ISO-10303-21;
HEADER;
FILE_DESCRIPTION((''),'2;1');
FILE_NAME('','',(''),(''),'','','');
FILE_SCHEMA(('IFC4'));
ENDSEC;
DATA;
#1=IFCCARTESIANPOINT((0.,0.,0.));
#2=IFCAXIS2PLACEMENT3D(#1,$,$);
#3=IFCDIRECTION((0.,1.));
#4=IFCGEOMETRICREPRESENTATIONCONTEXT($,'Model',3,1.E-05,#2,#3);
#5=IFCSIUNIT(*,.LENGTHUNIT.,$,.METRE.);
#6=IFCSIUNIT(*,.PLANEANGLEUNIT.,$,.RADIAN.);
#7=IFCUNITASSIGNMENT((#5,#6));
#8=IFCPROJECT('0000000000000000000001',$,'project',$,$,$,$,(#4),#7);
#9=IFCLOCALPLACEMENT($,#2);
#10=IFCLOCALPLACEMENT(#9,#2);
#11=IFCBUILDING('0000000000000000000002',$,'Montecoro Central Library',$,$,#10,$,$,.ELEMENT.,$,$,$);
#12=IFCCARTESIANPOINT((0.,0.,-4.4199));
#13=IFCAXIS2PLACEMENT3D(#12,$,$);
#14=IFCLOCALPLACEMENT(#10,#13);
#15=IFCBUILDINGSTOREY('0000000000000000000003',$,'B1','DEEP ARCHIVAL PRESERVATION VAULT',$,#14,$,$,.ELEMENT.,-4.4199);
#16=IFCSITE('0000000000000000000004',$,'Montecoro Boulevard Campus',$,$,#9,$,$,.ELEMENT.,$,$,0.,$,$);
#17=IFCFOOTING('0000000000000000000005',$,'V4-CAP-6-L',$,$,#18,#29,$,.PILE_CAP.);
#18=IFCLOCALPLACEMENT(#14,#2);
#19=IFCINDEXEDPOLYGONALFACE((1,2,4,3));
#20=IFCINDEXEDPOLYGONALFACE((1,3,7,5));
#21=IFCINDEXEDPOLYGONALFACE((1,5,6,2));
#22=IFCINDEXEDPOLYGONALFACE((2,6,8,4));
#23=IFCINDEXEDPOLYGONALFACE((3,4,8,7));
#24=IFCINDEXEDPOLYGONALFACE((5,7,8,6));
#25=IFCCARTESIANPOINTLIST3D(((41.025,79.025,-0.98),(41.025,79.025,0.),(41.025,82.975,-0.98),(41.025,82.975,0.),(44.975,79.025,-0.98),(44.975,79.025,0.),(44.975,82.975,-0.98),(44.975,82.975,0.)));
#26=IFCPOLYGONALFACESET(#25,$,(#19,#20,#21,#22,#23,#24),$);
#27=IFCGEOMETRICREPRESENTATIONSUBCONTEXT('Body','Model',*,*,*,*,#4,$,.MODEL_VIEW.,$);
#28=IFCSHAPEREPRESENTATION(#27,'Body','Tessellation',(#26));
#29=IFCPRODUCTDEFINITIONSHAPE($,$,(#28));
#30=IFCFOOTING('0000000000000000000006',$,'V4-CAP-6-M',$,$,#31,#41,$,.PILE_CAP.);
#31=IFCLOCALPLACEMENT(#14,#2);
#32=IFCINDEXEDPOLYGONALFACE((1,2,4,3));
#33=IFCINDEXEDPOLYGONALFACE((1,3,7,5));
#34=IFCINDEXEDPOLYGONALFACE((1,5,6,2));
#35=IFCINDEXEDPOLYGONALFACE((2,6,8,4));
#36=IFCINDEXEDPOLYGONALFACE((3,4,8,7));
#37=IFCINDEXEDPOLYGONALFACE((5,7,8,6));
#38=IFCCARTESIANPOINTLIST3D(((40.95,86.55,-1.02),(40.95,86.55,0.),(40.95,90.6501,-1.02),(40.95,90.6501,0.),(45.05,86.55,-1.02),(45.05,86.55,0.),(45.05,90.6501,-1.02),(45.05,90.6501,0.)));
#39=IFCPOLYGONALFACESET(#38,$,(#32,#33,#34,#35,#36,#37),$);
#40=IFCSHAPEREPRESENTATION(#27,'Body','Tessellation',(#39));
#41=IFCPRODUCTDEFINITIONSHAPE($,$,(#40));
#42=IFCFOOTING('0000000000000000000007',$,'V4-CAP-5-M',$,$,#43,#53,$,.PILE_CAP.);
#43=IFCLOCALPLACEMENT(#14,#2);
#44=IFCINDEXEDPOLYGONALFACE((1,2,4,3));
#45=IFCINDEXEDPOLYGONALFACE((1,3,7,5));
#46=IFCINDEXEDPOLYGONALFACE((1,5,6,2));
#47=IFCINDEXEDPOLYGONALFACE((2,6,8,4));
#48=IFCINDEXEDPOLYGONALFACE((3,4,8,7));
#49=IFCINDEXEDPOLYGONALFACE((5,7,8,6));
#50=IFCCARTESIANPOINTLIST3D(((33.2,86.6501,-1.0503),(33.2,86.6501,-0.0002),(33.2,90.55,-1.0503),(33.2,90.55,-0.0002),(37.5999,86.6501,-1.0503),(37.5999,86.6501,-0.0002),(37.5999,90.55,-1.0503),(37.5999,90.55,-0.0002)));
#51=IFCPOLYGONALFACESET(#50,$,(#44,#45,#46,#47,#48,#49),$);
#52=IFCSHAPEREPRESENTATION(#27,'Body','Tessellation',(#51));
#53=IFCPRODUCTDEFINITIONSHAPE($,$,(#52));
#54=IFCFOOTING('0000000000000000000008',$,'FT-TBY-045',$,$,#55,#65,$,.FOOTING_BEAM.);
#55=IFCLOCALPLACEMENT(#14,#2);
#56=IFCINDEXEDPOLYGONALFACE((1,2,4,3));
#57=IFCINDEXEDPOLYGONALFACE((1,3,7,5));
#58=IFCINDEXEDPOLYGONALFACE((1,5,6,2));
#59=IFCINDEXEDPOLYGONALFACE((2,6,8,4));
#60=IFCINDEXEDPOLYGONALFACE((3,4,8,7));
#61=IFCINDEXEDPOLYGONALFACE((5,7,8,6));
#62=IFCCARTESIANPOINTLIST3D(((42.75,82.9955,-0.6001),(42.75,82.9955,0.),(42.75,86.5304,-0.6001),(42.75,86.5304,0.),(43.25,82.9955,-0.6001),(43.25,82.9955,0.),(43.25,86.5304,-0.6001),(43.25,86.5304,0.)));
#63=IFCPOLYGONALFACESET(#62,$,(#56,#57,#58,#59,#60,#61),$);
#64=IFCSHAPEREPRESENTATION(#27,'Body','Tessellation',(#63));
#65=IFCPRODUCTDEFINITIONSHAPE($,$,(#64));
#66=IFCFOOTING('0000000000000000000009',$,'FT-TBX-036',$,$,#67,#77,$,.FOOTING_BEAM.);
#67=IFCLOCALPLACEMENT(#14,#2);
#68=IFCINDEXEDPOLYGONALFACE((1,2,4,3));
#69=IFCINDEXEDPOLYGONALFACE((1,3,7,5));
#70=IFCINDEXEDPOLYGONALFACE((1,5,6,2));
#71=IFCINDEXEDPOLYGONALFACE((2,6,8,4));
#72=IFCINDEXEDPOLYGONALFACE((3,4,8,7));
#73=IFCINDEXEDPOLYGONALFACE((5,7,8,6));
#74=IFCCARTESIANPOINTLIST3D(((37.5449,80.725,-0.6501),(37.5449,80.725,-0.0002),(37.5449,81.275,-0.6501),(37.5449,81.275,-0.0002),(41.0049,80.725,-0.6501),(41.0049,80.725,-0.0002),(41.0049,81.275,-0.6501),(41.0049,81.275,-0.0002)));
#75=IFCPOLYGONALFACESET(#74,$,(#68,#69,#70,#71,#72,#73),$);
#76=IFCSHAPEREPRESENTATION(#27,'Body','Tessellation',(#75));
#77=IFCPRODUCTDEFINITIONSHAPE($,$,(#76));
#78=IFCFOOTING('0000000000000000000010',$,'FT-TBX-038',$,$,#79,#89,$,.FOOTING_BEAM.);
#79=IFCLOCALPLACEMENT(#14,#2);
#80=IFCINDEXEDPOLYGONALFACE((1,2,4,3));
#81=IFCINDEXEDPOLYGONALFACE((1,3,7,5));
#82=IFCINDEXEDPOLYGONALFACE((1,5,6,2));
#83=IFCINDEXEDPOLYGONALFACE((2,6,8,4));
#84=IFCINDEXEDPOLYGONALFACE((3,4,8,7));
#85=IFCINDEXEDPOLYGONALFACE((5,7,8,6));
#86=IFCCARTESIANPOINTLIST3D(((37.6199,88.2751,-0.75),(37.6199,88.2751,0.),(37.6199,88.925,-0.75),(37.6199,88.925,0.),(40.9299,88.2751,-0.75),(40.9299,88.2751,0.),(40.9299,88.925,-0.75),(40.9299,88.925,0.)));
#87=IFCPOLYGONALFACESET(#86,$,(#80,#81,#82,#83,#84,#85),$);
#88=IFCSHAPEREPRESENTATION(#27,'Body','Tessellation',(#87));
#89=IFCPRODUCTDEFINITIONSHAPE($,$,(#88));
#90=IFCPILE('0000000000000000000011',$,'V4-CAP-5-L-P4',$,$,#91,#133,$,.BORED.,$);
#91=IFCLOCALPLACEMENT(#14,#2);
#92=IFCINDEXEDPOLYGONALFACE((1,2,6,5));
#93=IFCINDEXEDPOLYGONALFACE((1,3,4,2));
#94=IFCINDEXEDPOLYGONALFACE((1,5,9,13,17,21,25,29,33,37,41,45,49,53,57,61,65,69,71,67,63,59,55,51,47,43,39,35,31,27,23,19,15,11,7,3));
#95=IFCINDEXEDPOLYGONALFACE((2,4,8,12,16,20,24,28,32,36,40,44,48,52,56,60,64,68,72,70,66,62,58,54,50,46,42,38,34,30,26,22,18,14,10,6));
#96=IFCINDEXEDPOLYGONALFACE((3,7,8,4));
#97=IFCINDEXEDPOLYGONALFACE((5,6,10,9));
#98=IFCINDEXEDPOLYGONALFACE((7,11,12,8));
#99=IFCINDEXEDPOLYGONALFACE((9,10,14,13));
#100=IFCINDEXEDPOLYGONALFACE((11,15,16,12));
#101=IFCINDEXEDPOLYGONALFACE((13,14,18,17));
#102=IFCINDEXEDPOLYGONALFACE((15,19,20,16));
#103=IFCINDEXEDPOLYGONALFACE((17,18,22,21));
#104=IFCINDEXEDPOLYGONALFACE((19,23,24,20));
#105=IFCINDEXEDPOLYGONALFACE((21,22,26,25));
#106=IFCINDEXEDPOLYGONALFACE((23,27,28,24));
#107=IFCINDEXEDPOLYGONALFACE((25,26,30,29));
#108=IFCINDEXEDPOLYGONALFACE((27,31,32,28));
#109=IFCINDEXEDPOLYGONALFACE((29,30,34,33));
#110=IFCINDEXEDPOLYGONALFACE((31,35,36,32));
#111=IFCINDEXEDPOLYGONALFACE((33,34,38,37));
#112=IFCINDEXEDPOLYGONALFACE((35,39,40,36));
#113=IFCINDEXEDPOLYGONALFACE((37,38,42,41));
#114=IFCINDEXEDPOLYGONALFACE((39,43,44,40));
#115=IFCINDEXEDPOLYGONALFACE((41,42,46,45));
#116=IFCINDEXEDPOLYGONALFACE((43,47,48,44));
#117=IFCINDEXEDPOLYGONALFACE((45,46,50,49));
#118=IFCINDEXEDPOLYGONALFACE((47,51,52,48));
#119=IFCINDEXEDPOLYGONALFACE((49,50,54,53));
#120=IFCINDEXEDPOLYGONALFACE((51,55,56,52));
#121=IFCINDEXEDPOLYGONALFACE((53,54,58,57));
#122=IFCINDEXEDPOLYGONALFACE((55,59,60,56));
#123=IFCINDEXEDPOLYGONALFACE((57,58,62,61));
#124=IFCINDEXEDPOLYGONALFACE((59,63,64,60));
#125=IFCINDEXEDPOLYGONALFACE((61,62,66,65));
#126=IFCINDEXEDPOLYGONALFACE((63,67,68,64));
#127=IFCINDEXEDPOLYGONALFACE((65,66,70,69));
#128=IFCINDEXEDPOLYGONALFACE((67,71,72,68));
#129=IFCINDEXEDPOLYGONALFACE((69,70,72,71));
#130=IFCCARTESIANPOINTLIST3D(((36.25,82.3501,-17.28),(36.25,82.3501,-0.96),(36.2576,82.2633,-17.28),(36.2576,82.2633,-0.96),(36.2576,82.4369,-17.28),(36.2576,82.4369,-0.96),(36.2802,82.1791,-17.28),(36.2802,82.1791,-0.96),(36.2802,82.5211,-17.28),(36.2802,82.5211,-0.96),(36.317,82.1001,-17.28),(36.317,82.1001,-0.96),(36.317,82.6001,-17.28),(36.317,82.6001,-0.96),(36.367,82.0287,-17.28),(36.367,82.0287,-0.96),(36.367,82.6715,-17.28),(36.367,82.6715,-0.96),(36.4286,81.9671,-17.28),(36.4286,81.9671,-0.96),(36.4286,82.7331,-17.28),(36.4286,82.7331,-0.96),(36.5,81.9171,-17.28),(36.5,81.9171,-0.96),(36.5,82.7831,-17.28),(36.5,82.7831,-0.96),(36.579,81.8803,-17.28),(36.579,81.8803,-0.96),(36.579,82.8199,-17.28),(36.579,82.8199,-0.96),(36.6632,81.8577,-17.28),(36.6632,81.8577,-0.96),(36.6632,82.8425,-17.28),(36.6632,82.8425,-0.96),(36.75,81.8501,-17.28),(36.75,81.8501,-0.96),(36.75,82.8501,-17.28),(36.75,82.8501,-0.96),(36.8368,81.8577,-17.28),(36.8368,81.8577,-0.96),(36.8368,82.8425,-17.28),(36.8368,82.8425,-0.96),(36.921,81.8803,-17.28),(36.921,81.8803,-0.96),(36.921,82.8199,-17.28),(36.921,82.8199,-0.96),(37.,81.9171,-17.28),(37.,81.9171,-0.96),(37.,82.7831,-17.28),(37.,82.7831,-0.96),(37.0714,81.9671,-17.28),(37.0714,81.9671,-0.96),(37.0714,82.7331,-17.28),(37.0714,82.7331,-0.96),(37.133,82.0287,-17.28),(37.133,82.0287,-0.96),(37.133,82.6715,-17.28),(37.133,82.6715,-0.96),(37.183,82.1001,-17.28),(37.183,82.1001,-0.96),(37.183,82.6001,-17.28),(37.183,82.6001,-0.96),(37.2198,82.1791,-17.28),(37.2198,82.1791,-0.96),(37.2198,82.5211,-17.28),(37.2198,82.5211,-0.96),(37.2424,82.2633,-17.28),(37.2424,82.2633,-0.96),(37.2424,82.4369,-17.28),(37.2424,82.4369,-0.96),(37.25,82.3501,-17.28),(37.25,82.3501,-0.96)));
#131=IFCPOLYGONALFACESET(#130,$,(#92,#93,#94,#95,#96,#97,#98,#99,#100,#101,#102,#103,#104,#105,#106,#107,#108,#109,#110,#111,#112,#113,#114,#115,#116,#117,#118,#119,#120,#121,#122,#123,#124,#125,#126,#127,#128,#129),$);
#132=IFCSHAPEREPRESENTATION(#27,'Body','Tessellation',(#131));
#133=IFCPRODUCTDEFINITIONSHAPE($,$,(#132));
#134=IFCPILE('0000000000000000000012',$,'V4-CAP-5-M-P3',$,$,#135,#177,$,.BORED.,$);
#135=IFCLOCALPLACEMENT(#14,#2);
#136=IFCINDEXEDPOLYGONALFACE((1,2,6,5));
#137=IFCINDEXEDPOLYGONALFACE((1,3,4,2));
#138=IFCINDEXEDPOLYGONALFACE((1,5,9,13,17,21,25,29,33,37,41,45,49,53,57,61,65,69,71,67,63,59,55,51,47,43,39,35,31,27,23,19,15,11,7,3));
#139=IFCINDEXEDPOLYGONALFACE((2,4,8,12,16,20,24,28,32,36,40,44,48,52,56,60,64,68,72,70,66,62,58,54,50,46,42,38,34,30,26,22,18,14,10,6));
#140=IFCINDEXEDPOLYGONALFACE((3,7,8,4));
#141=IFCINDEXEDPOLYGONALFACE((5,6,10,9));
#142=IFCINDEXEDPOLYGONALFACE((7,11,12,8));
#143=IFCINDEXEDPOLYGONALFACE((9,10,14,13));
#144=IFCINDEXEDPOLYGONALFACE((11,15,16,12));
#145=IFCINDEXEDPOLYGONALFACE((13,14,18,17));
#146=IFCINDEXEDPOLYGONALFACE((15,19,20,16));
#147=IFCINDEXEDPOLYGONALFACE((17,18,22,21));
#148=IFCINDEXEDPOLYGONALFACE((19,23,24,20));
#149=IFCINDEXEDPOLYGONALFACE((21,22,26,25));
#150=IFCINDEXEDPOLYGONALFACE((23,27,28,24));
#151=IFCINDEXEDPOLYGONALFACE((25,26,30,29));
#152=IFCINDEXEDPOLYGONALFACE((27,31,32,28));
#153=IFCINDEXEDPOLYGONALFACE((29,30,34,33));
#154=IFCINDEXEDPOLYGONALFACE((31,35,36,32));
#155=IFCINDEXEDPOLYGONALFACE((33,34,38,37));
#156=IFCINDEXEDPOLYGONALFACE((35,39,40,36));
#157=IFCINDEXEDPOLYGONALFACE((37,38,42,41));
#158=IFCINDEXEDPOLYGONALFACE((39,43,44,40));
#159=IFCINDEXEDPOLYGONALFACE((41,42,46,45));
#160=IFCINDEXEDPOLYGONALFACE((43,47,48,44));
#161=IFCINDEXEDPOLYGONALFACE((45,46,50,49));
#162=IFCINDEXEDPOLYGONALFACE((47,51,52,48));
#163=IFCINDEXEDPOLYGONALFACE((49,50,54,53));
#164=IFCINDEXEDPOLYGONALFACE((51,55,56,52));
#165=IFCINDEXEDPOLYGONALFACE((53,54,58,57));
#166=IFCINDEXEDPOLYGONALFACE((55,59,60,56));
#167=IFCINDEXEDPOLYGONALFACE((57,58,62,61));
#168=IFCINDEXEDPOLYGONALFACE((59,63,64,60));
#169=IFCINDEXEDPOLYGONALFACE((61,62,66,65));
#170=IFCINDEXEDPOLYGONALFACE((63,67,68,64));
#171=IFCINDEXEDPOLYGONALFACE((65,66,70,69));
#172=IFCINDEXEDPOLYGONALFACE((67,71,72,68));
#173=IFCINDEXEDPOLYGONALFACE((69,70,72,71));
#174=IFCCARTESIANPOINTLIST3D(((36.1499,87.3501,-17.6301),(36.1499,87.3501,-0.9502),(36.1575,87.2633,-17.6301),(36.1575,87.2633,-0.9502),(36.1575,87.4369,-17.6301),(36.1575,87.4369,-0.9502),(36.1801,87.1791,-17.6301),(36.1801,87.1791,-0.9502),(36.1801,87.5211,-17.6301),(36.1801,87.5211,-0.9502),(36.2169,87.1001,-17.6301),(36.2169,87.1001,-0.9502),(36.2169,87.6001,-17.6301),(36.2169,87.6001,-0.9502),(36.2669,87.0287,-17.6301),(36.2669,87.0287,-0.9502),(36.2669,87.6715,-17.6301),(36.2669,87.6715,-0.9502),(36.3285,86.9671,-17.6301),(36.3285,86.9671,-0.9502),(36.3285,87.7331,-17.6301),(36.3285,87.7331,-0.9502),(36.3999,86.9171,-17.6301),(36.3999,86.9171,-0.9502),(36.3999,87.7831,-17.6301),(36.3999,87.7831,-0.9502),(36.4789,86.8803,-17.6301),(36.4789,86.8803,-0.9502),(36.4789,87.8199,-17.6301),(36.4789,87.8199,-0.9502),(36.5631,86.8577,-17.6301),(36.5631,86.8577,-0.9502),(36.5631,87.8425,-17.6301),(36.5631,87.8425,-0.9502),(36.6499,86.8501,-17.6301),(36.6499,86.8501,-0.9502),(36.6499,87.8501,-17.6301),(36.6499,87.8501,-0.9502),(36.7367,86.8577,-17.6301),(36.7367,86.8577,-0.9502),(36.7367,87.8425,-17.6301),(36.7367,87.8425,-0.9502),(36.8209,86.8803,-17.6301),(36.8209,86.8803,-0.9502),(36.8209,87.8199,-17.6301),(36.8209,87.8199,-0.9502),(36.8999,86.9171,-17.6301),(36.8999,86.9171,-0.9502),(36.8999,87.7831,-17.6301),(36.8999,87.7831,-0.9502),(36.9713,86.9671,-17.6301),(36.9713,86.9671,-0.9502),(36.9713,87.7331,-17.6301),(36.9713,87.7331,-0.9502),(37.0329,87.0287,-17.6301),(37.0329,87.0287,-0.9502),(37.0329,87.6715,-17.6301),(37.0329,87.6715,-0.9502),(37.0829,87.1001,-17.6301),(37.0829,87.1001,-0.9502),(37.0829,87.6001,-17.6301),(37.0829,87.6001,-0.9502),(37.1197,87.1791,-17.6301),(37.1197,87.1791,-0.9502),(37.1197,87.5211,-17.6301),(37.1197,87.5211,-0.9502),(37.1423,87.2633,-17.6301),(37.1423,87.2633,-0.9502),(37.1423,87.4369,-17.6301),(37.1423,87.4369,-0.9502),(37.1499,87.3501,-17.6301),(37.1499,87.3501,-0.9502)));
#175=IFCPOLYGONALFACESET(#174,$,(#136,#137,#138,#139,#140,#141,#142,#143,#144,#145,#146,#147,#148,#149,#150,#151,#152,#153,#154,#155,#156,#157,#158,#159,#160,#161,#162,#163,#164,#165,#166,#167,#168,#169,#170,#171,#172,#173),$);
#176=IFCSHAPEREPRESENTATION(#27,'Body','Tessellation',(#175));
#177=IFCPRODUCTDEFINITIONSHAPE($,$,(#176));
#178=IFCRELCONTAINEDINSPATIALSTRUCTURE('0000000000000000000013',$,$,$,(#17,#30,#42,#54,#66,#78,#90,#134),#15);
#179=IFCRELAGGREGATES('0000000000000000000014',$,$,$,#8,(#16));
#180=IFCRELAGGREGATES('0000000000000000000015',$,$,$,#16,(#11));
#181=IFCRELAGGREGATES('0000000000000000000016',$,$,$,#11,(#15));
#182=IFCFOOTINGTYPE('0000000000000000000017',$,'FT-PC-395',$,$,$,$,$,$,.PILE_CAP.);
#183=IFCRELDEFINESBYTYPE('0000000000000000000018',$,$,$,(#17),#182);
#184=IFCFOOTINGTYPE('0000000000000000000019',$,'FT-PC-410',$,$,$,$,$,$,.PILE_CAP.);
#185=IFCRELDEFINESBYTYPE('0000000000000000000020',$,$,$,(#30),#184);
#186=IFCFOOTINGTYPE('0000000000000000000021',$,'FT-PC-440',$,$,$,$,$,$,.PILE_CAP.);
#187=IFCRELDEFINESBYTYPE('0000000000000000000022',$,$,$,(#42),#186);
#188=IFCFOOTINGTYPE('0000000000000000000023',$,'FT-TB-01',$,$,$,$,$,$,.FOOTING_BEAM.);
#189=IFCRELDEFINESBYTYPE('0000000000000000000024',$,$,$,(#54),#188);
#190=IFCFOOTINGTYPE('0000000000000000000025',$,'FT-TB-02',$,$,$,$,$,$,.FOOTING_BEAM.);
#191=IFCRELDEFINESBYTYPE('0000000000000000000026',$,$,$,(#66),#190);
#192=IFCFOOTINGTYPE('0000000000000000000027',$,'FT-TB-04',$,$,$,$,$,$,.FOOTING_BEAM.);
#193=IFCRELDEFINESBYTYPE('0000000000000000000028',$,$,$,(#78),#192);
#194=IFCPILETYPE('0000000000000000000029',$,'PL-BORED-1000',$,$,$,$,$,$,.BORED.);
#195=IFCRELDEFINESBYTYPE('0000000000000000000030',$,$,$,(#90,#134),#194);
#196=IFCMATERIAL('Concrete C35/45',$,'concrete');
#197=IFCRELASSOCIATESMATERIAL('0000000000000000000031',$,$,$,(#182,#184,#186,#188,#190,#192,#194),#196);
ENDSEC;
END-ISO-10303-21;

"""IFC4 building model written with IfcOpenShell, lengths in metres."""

from ifc_helpers import new_model, si_unit, direction, frame, origin, origin_2d, place, context, subcontext, project, spatial, rectangle, circle, extrude, material, material_profile, profile_set, type_object, element, save


model = new_model("IFC4")

# Units and contexts
model_context = context("Model", 3, precision=1e-05, world=origin(), true_north=direction((0.0, 1.0)))
body_context = subcontext(model_context, "Body", "Model", "MODEL_VIEW")
ifc_project = project(units=[si_unit("LENGTHUNIT", "METRE"), si_unit("PLANEANGLEUNIT", "RADIAN")], contexts=[model_context])

# Site, building, storey
site_placement = place(None, origin())
site = spatial("IfcSite", under=ifc_project, at=site_placement, Name="Montecoro Boulevard Campus", CompositionType="ELEMENT", RefElevation=0.0)
building_placement = place(site_placement, origin())
building = spatial("IfcBuilding", under=site, at=building_placement, Name="Montecoro Central Library", CompositionType="ELEMENT")
storey_placement = place(building_placement, frame((0.0, 0.0, -4.4199)))
storey = spatial("IfcBuildingStorey", under=building, at=storey_placement, Name="B1", Description="DEEP ARCHIVAL PRESERVATION VAULT", CompositionType="ELEMENT", Elevation=-4.4199)

# Footings
ifc_material_1 = material(Name="Concrete C35/45", Category="concrete")
footing_type_1 = type_object("IfcFootingType", Name="FT-PC-395", PredefinedType="PILE_CAP", material=ifc_material_1)
footing_1_placement = place(storey_placement, frame((43.0, 81.0, -0.98), z_axis=(0.0, 0.0, 1.0), x_axis=(1.0, 0.0, 0.0)))
element("IfcFooting", 1, at=footing_1_placement, inside=storey, type_object=footing_type_1, Name="V4-CAP-6-L", PredefinedType="PILE_CAP", context=body_context, shape_type="SweptSolid", body=[
    extrude(rectangle(XDim=3.95, YDim=3.95, at=origin_2d()), origin(), (0.0, 0.0, 1.0), 0.98),
])
footing_type_2 = type_object("IfcFootingType", Name="FT-PC-410", PredefinedType="PILE_CAP", material=ifc_material_1)
footing_2_placement = place(storey_placement, frame((43.0, 88.6001, -1.02), z_axis=(0.0, 0.0, 1.0), x_axis=(1.0, 0.0, 0.0)))
element("IfcFooting", 2, at=footing_2_placement, inside=storey, type_object=footing_type_2, Name="V4-CAP-6-M", PredefinedType="PILE_CAP", context=body_context, shape_type="SweptSolid", body=[
    extrude(rectangle(XDim=4.1001, YDim=4.1001, at=origin_2d()), origin(), (0.0, 0.0, 1.0), 1.02),
])
footing_type_3 = type_object("IfcFootingType", Name="FT-PC-440", PredefinedType="PILE_CAP", material=ifc_material_1)
footing_3_placement = place(storey_placement, frame((35.3999, 88.6001, -1.0503), z_axis=(0.0, 0.0, 1.0), x_axis=(1.0, 0.0, 0.0)))
element("IfcFooting", 3, at=footing_3_placement, inside=storey, type_object=footing_type_3, Name="V4-CAP-5-M", PredefinedType="PILE_CAP", context=body_context, shape_type="SweptSolid", body=[
    extrude(rectangle(XDim=4.3999, YDim=3.8999, at=origin_2d()), origin(), (0.0, 0.0, 1.0), 1.05),
])
footing_type_4 = type_object("IfcFootingType", Name="FT-TB-01", PredefinedType="FOOTING_BEAM", material=ifc_material_1)
footing_4_placement = place(storey_placement, frame((43.0, 84.7629, -0.6001), z_axis=(0.0, 0.0, 1.0), x_axis=(1.0, 0.0, 0.0)))
element("IfcFooting", 4, at=footing_4_placement, inside=storey, type_object=footing_type_4, Name="FT-TBY-045", PredefinedType="FOOTING_BEAM", context=body_context, shape_type="SweptSolid", body=[
    extrude(rectangle(XDim=0.5, YDim=3.5349, at=origin_2d()), origin(), (0.0, 0.0, 1.0), 0.6001),
])
footing_type_5 = type_object("IfcFootingType", Name="FT-TB-02", PredefinedType="FOOTING_BEAM", material=ifc_material_1)
footing_5_placement = place(storey_placement, frame((39.2749, 81.0, -0.6501), z_axis=(0.0, 0.0, 1.0), x_axis=(1.0, 0.0, 0.0)))
element("IfcFooting", 5, at=footing_5_placement, inside=storey, type_object=footing_type_5, Name="FT-TBX-036", PredefinedType="FOOTING_BEAM", context=body_context, shape_type="SweptSolid", body=[
    extrude(rectangle(XDim=3.46, YDim=0.55, at=origin_2d()), origin(), (0.0, 0.0, 1.0), 0.6499),
])
footing_type_6 = type_object("IfcFootingType", Name="FT-TB-04", PredefinedType="FOOTING_BEAM", material=ifc_material_1)
footing_6_placement = place(storey_placement, frame((39.2749, 88.6001, -0.75), z_axis=(0.0, 0.0, 1.0), x_axis=(1.0, 0.0, 0.0)))
element("IfcFooting", 6, at=footing_6_placement, inside=storey, type_object=footing_type_6, Name="FT-TBX-038", PredefinedType="FOOTING_BEAM", context=body_context, shape_type="SweptSolid", body=[
    extrude(rectangle(XDim=3.3101, YDim=0.6499, at=origin_2d()), origin(), (0.0, 0.0, 1.0), 0.75),
])

# Piles
ifc_material_profile_1 = material_profile(ifc_material_1, circle(Radius=0.5, at=origin_2d()), Name="PILE D1000")
ifc_profile_set_1 = profile_set([ifc_material_profile_1], Name="Concrete C35/45")
pile_type_1 = type_object("IfcPileType", Name="PL-BORED-1000", PredefinedType="BORED", material=ifc_profile_set_1)
pile_1_placement = place(storey_placement, frame((36.75, 82.3501, -0.96), z_axis=(0.0, 0.0, -1.0), x_axis=(1.0, 0.0, 0.0)))
element("IfcPile", 7, at=pile_1_placement, inside=storey, type_object=pile_type_1, Name="V4-CAP-5-L-P4", PredefinedType="BORED", context=body_context, shape_type="SweptSolid", body=[
    extrude(circle(Radius=0.5, at=origin_2d()), origin(), (0.0, 0.0, 1.0), 16.3201),
])
for number, where, z_axis, x_axis, name in (
    (8, (36.6499, 87.3501, -0.9502), (0.0, 0.0, -1.0), (1.0, 0.0, 0.0), "V4-CAP-5-M-P3"),
):
    element("IfcPile", number, at=place(storey_placement, frame(where, z_axis=z_axis, x_axis=x_axis)), inside=storey, type_object=pile_type_1, Name=name, PredefinedType="BORED", context=body_context, shape_type="SweptSolid", body=[
        extrude(circle(Radius=0.5, at=origin_2d()), origin(), (0.0, 0.0, 1.0), 16.6799),
    ])

save(model, "model.ifc")
